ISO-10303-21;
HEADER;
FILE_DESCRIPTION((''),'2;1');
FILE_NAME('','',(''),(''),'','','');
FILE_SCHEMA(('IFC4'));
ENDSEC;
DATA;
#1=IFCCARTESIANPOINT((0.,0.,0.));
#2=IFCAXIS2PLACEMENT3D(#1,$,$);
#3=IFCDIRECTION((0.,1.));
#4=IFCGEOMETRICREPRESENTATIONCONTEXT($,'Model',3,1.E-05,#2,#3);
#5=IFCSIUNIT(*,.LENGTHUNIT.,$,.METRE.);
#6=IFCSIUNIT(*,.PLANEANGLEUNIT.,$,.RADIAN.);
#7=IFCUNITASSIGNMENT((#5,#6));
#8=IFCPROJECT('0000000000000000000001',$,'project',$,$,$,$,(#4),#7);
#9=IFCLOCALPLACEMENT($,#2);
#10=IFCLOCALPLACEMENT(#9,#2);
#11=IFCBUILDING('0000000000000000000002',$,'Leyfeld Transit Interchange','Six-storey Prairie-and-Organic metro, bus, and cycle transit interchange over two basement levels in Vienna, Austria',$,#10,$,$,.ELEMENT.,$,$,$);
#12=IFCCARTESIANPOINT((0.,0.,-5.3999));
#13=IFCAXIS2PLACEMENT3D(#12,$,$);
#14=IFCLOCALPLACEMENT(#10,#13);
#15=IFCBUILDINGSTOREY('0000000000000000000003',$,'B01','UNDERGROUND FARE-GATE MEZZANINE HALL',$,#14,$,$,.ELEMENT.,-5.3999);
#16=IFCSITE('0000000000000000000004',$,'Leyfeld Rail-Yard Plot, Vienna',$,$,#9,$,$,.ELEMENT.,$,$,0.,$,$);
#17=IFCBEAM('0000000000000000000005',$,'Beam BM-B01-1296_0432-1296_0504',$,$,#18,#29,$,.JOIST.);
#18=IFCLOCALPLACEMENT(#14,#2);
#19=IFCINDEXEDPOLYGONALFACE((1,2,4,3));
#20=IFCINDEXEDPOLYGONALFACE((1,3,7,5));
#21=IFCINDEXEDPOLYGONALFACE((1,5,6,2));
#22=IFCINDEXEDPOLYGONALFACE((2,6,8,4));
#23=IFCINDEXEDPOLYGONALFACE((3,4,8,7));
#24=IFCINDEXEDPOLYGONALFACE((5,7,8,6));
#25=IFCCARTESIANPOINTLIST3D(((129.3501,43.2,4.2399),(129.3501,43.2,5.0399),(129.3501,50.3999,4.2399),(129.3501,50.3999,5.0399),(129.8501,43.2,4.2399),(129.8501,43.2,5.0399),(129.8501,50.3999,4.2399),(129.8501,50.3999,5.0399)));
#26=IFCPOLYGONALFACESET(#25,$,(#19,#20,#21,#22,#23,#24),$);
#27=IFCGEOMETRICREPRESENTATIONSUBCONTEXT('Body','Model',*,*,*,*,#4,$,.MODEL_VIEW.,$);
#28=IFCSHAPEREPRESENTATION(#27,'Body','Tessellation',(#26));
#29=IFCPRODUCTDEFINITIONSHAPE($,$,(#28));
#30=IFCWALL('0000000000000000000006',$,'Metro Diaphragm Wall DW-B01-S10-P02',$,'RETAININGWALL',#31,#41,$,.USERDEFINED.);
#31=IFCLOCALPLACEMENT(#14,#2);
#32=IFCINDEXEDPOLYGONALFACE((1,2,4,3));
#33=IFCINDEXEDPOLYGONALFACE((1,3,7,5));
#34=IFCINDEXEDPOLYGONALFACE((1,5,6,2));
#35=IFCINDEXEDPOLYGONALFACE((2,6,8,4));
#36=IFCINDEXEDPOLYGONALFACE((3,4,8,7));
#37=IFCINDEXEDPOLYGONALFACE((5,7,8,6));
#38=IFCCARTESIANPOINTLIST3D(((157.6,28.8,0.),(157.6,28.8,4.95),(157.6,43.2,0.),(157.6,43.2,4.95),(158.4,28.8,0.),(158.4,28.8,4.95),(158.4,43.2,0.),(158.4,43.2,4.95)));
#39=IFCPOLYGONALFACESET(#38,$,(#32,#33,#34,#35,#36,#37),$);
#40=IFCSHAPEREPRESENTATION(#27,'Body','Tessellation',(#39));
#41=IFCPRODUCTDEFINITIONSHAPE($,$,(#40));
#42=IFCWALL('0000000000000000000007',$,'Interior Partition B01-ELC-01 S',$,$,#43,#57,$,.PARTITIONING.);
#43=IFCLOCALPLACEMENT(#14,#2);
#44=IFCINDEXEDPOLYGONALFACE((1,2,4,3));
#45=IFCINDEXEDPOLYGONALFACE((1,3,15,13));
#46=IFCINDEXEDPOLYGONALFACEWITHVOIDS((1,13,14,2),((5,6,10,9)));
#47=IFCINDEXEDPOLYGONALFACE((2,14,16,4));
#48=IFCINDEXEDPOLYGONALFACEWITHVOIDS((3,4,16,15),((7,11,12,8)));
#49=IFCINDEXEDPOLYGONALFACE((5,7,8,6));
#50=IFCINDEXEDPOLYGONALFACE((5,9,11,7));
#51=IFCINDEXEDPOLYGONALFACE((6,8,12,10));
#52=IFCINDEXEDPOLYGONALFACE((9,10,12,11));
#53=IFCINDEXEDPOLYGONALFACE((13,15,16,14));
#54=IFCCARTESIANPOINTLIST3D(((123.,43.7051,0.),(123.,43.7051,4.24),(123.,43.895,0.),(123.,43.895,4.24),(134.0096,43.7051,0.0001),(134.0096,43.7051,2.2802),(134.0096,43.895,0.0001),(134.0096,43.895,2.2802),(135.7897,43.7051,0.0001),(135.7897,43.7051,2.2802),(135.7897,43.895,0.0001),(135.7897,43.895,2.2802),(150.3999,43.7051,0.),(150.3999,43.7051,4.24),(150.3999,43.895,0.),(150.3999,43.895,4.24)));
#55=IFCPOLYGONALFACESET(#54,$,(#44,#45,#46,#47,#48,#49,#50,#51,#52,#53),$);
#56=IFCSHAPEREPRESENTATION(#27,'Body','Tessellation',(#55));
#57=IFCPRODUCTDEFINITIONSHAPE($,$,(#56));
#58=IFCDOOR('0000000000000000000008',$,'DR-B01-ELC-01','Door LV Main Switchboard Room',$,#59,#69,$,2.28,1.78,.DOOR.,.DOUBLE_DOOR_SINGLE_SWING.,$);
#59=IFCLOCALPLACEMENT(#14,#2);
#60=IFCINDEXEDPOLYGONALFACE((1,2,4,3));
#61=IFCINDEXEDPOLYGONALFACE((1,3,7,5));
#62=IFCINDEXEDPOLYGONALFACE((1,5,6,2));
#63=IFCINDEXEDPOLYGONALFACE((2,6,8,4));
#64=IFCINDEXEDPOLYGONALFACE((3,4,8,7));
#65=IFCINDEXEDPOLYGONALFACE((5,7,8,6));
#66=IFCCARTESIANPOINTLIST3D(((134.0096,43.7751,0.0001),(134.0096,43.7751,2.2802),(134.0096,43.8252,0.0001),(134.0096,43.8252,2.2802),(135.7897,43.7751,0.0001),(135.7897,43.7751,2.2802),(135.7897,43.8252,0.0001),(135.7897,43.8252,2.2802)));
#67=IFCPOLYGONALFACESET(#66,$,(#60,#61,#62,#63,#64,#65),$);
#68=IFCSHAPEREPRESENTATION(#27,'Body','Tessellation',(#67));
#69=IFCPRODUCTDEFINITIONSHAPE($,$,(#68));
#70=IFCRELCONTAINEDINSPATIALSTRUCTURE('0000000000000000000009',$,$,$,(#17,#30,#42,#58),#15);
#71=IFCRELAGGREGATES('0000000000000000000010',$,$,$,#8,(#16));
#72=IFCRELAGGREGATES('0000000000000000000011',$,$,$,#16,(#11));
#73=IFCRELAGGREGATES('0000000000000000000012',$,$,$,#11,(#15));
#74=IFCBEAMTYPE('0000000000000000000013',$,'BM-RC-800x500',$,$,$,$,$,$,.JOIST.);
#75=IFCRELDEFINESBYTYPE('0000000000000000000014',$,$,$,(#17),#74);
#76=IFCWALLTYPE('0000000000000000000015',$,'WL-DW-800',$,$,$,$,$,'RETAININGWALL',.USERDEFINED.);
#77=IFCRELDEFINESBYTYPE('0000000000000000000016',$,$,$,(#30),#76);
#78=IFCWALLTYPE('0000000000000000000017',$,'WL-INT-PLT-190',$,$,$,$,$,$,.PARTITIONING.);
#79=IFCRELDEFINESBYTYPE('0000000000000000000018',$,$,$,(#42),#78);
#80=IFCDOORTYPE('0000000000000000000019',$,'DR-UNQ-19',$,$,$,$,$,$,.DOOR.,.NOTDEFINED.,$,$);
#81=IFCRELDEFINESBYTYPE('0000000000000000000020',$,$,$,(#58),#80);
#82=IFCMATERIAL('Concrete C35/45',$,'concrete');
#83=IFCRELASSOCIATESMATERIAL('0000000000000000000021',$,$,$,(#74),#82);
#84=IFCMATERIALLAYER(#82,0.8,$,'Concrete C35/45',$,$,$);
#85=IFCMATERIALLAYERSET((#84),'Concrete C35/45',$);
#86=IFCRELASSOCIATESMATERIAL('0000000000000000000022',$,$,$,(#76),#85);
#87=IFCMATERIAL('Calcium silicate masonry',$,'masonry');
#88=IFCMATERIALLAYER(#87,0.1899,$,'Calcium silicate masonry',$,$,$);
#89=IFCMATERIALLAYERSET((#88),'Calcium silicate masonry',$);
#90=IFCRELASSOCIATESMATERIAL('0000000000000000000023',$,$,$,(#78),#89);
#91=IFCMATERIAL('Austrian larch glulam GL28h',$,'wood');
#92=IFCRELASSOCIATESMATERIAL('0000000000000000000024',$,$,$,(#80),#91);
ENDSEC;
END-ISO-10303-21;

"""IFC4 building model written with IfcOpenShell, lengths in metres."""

from ifc_helpers import new_model, si_unit, direction, frame, frame_2d, origin, origin_2d, place, context, subcontext, project, spatial, rectangle, extrude, material, layer, layer_set, material_profile, profile_set, type_object, element, fill, save


model = new_model("IFC4")

# Units and contexts
model_context = context("Model", 3, precision=1e-05, world=origin(), true_north=direction((0.0, 1.0)))
body_context = subcontext(model_context, "Body", "Model", "MODEL_VIEW")
ifc_project = project(units=[si_unit("LENGTHUNIT", "METRE"), si_unit("PLANEANGLEUNIT", "RADIAN")], contexts=[model_context])

# Site, building, storey
site_placement = place(None, origin())
site = spatial("IfcSite", under=ifc_project, at=site_placement, Name="Leyfeld Rail-Yard Plot, Vienna", CompositionType="ELEMENT", RefElevation=0.0)
building_placement = place(site_placement, origin())
building = spatial("IfcBuilding", under=site, at=building_placement, Name="Leyfeld Transit Interchange", Description="Six-storey Prairie-and-Organic metro, bus, and cycle transit interchange over two basement levels in Vienna, Austria", CompositionType="ELEMENT")
storey_placement = place(building_placement, frame((0.0, 0.0, -5.3999)))
storey = spatial("IfcBuildingStorey", under=building, at=storey_placement, Name="B01", Description="UNDERGROUND FARE-GATE MEZZANINE HALL", CompositionType="ELEMENT", Elevation=-5.3999)

# Shared definitions
ifc_material_1 = material(Name="Concrete C35/45", Category="concrete")

# Beam
ifc_material_profile_1 = material_profile(ifc_material_1, rectangle(XDim=0.5, YDim=0.8, at=origin_2d()), Name="RC 800x500")
ifc_profile_set_1 = profile_set([ifc_material_profile_1], Name="Concrete C35/45")
beam_type_1 = type_object("IfcBeamType", Name="BM-RC-800x500", PredefinedType="JOIST", material=ifc_profile_set_1)
beam_placement = place(storey_placement, frame((129.6001, 43.2, 4.6399), z_axis=(0.0, 1.0, 0.0), x_axis=(-1.0, 0.0, 0.0)))
element("IfcBeam", 1, at=beam_placement, inside=storey, type_object=beam_type_1, Name="Beam BM-B01-1296_0432-1296_0504", PredefinedType="JOIST", context=body_context, shape_type="SweptSolid", body=[
    extrude(rectangle(XDim=0.5, YDim=0.8, at=origin_2d()), origin(), (0.0, 0.0, 1.0), 7.2),
])

# Wall
ifc_layer_1 = layer(ifc_material_1, 0.8, Name="Concrete C35/45")
ifc_layer_set_1 = layer_set([ifc_layer_1], Name="Concrete C35/45")
wall_type_1 = type_object("IfcWallType", Name="WL-DW-800", ElementType="RETAININGWALL", PredefinedType="USERDEFINED", material=ifc_layer_set_1)
wall_1_placement = place(storey_placement, frame((158.0, 43.2, 0.0), z_axis=(0.0, 0.0, 1.0), x_axis=(0.0, -1.0, 0.0)))
element("IfcWall", 2, at=wall_1_placement, inside=storey, type_object=wall_type_1, Name="Metro Diaphragm Wall DW-B01-S10-P02", ObjectType="RETAININGWALL", PredefinedType="USERDEFINED", context=body_context, shape_type="SweptSolid", body=[
    extrude(rectangle(XDim=14.3999, YDim=0.8, at=frame_2d((7.2, 0.0))), origin(), (0.0, 0.0, 1.0), 4.95),
])

# Wall, opening, door
ifc_material_2 = material(Name="Calcium silicate masonry", Category="masonry")
ifc_layer_2 = layer(ifc_material_2, 0.1899, Name="Calcium silicate masonry")
ifc_layer_set_2 = layer_set([ifc_layer_2], Name="Calcium silicate masonry")
wall_type_2 = type_object("IfcWallType", Name="WL-INT-PLT-190", PredefinedType="PARTITIONING", material=ifc_layer_set_2)
wall_2_placement = place(storey_placement, frame((150.3999, 43.8, 0.0), z_axis=(0.0, 0.0, 1.0), x_axis=(-1.0, 0.0, 0.0)))
wall_2 = element("IfcWall", 3, at=wall_2_placement, inside=storey, type_object=wall_type_2, Name="Interior Partition B01-ELC-01 S", PredefinedType="PARTITIONING", context=body_context, shape_type="SweptSolid", body=[
    extrude(rectangle(XDim=27.3999, YDim=0.1899, at=frame_2d((13.7, 0.0))), origin(), (0.0, 0.0, 1.0), 4.24),
])
opening_placement = place(wall_2_placement, frame((14.6101, 0.0, 0.0)))
opening = element("IfcOpeningElement", 4, at=opening_placement, cuts=wall_2, PredefinedType="OPENING", context=body_context, shape_type="SweptSolid", body=[
    extrude(rectangle(XDim=1.78, YDim=2.28, at=frame_2d((0.8901, 1.1401))), frame((0.0, 0.105, 0.0), z_axis=(0.0, -1.0, 0.0), x_axis=(1.0, 0.0, 0.0)), (0.0, 0.0, 1.0), 0.21),
])
ifc_material_3 = material(Name="Austrian larch glulam GL28h", Category="wood")
door_type = type_object("IfcDoorType", Name="DR-UNQ-19", OperationType="NOTDEFINED", PredefinedType="DOOR", material=ifc_material_3)
door_placement = place(opening_placement, origin())
door = element("IfcDoor", 5, at=door_placement, inside=storey, type_object=door_type, Name="DR-B01-ELC-01", Description="Door LV Main Switchboard Room", OperationType="DOUBLE_DOOR_SINGLE_SWING", OverallHeight=2.28, OverallWidth=1.78, PredefinedType="DOOR", context=body_context, shape_type="SweptSolid", body=[
    extrude(rectangle(XDim=1.78, YDim=2.28, at=frame_2d((0.8901, 1.1401))), frame((0.0, 0.0249, 0.0), z_axis=(0.0, -1.0, 0.0), x_axis=(1.0, 0.0, 0.0)), (0.0, 0.0, 1.0), 0.05),
])
fill(opening, door)

save(model, "model.ifc")
